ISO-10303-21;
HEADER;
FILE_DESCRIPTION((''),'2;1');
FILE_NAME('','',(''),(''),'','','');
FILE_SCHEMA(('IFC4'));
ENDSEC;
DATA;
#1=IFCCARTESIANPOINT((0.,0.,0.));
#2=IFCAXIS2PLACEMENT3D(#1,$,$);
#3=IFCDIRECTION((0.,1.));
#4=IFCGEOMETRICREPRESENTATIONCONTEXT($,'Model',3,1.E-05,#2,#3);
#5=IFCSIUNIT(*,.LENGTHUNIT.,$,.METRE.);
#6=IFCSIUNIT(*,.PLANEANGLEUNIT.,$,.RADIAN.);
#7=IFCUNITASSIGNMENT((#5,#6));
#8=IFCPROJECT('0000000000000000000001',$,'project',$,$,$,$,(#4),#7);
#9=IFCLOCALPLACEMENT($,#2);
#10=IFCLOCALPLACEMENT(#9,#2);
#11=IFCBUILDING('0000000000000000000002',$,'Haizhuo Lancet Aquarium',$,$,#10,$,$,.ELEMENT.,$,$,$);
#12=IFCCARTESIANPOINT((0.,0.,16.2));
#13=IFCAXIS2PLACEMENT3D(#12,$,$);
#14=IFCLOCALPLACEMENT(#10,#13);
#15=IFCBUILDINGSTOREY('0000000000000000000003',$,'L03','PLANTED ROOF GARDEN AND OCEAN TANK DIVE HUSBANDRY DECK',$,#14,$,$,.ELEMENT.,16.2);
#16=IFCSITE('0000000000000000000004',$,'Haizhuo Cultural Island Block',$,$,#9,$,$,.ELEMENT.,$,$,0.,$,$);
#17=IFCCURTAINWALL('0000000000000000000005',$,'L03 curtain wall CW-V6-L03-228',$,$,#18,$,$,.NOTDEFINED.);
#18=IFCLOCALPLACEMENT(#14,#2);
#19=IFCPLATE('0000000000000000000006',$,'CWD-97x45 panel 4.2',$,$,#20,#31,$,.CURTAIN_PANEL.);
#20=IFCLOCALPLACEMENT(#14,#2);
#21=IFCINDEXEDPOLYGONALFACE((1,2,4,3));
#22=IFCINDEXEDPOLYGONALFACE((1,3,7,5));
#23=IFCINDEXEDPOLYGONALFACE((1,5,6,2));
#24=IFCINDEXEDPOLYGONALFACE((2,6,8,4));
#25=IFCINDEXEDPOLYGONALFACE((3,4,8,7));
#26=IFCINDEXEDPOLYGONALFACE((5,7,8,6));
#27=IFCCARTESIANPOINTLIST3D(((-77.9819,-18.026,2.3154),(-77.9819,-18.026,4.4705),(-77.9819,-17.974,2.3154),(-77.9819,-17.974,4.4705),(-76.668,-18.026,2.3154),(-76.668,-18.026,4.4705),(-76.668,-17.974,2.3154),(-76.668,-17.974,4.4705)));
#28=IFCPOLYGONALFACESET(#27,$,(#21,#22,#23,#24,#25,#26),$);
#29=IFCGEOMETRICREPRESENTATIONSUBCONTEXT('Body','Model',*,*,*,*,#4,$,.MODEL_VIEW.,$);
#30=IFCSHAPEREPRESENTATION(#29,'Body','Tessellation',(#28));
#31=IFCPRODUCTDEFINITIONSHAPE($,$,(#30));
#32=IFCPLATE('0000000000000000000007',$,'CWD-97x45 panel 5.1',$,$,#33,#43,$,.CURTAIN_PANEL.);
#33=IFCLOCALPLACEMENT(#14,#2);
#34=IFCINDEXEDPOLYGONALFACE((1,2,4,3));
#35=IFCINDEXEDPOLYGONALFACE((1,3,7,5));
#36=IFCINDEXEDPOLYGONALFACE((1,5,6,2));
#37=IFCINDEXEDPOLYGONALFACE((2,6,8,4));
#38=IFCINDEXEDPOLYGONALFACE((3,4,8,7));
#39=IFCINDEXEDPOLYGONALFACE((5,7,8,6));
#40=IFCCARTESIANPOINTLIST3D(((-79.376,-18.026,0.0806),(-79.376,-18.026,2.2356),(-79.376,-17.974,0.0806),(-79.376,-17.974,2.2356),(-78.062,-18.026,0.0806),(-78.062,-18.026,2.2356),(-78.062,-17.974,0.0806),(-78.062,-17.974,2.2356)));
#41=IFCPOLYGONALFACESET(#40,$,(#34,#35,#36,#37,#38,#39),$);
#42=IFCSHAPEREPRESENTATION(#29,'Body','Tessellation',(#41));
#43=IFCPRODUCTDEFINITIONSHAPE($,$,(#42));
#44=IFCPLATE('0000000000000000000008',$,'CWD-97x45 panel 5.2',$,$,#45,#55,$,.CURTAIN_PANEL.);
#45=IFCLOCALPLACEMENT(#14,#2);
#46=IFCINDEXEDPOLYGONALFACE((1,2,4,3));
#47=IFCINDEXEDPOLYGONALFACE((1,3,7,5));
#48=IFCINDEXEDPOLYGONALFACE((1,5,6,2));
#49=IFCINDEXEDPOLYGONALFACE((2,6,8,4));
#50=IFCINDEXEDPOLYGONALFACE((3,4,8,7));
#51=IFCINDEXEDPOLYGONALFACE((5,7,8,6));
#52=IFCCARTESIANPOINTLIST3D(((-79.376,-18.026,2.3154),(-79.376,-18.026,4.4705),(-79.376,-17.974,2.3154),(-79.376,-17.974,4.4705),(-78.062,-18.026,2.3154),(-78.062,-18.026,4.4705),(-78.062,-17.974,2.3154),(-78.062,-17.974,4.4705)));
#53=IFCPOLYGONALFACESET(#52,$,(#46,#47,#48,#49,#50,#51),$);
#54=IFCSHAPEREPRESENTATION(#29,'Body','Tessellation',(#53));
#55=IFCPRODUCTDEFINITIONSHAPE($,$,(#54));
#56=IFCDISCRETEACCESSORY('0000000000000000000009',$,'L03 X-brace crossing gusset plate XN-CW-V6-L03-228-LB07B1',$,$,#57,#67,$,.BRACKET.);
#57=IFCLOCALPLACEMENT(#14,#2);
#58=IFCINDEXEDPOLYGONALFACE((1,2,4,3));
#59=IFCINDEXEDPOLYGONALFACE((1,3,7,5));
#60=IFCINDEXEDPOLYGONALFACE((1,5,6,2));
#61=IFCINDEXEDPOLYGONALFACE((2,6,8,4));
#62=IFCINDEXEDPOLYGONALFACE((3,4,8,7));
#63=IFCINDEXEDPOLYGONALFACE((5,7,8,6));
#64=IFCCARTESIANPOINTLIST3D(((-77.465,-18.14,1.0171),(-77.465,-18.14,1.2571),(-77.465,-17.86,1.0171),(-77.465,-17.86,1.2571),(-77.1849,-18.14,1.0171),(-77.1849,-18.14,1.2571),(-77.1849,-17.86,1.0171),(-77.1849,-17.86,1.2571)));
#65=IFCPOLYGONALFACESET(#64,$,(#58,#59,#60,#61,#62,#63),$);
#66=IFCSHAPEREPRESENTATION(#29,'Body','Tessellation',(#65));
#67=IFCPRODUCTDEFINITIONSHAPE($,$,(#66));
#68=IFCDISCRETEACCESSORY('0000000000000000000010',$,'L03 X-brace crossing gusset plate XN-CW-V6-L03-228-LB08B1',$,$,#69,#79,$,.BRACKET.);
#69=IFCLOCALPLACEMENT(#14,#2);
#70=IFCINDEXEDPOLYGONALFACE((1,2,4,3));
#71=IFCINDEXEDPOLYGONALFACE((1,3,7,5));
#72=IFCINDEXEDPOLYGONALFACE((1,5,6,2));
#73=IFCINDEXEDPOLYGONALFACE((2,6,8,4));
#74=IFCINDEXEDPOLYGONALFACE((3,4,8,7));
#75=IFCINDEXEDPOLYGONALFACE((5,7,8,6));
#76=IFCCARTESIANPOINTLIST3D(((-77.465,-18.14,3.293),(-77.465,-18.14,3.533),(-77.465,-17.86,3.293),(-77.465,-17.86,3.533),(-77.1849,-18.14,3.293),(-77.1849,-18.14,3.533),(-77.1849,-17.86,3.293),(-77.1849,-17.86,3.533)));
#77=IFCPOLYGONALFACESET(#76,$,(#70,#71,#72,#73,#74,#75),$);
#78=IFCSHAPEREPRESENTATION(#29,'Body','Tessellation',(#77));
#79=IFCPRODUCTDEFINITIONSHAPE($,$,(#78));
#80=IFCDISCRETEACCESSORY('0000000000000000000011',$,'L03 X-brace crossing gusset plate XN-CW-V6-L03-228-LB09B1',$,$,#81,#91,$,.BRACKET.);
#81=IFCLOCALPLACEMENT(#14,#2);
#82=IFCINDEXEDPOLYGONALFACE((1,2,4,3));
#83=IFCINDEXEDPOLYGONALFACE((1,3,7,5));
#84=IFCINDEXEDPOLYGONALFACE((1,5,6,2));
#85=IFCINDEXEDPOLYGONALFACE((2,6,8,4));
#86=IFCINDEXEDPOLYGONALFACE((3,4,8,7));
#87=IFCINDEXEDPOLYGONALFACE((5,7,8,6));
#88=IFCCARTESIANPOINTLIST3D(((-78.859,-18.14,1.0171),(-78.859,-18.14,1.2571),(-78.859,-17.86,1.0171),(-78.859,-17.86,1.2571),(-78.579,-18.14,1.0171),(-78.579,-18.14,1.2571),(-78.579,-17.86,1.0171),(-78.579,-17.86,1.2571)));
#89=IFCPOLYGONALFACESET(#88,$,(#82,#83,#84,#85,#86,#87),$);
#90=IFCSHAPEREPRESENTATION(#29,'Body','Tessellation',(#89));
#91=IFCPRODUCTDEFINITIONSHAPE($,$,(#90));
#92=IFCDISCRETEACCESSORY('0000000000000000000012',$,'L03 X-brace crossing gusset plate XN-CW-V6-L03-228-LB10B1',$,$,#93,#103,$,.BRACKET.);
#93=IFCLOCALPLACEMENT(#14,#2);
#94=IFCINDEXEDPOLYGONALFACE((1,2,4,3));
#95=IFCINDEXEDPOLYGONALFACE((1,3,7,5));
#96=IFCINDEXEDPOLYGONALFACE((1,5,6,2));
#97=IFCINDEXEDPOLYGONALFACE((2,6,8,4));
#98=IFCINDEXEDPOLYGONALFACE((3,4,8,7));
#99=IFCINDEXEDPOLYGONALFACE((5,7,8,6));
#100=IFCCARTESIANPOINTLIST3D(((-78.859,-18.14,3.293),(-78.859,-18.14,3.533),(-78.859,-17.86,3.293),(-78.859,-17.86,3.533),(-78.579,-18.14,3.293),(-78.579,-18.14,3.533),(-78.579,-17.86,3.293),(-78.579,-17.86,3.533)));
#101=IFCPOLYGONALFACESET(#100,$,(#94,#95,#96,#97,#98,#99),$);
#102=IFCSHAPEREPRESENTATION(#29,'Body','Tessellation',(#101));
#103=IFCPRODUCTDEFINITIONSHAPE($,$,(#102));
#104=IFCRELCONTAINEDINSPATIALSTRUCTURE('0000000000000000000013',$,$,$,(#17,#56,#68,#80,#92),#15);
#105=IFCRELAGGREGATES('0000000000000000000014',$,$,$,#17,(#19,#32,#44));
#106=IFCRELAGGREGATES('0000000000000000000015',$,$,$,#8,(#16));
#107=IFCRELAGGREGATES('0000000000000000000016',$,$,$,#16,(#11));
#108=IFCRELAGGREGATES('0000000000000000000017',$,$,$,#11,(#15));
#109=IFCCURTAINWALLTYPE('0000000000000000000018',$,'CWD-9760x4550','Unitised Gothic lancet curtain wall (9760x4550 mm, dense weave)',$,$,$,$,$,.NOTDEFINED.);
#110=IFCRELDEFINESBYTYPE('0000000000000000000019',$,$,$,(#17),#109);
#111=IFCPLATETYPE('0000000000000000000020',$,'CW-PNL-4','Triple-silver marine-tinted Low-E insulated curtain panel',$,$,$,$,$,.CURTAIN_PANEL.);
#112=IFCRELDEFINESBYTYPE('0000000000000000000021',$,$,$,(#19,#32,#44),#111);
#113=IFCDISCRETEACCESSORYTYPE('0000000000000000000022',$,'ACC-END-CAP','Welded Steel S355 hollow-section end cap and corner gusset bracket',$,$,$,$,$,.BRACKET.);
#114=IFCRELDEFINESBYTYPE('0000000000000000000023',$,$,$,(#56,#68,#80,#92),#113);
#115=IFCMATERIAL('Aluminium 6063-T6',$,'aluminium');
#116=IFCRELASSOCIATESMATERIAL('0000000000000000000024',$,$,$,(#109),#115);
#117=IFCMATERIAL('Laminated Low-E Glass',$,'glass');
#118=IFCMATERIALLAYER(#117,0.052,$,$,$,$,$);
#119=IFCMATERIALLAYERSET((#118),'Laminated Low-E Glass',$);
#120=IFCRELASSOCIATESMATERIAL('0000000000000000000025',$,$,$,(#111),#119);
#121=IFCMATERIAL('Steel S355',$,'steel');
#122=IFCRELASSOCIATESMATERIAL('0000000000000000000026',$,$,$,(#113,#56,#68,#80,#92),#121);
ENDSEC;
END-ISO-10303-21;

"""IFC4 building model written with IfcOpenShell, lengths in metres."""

from ifc_helpers import new_model, si_unit, direction, frame, origin, origin_2d, place, context, subcontext, project, spatial, rectangle, extrude, material, layer, layer_set, type_object, element, aggregate, save


model = new_model("IFC4")

# Units and contexts
model_context = context("Model", 3, precision=1e-05, world=origin(), true_north=direction((0.0, 1.0)))
body_context = subcontext(model_context, "Body", "Model", "MODEL_VIEW")
ifc_project = project(units=[si_unit("LENGTHUNIT", "METRE"), si_unit("PLANEANGLEUNIT", "RADIAN")], contexts=[model_context])

# Site, building, storey
site_placement = place(None, origin())
site = spatial("IfcSite", under=ifc_project, at=site_placement, Name="Haizhuo Cultural Island Block", CompositionType="ELEMENT", RefElevation=0.0)
building_placement = place(site_placement, origin())
building = spatial("IfcBuilding", under=site, at=building_placement, Name="Haizhuo Lancet Aquarium", CompositionType="ELEMENT")
storey_placement = place(building_placement, frame((0.0, 0.0, 16.2)))
storey = spatial("IfcBuildingStorey", under=building, at=storey_placement, Name="L03", Description="PLANTED ROOF GARDEN AND OCEAN TANK DIVE HUSBANDRY DECK", CompositionType="ELEMENT", Elevation=16.2)

# Curtain wall
ifc_material_1 = material(Name="Aluminium 6063-T6", Category="aluminium")
curtain_wall_type = type_object("IfcCurtainWallType", Name="CWD-9760x4550", Description="Unitised Gothic lancet curtain wall (9760x4550 mm, dense weave)", PredefinedType="NOTDEFINED", material=ifc_material_1)
curtain_wall_placement = place(storey_placement, origin())
curtain_wall = element("IfcCurtainWall", 1, at=curtain_wall_placement, inside=storey, type_object=curtain_wall_type, Name="L03 curtain wall CW-V6-L03-228", PredefinedType="NOTDEFINED")

# Shared definitions
ifc_material_2 = material(Name="Steel S355", Category="steel")

# Plates
ifc_material_3 = material(Name="Laminated Low-E Glass", Category="glass")
ifc_layer = layer(ifc_material_3, 0.052)
ifc_layer_set = layer_set([ifc_layer], Name="Laminated Low-E Glass")
plate_type = type_object("IfcPlateType", Name="CW-PNL-4", Description="Triple-silver marine-tinted Low-E insulated curtain panel", PredefinedType="CURTAIN_PANEL", material=ifc_layer_set)
plate_1_placement = place(storey_placement, frame((-77.325, -18.0, 2.3154), z_axis=(0.0, 0.0, 1.0), x_axis=(-1.0, 0.0, 0.0)))
plate_1 = element("IfcPlate", 2, at=plate_1_placement, type_object=plate_type, Name="CWD-97x45 panel 4.2", PredefinedType="CURTAIN_PANEL", context=body_context, shape_type="SweptSolid", body=[
    extrude(rectangle(XDim=1.314, YDim=0.052, at=origin_2d()), origin(), (0.0, 0.0, 1.0), 2.155),
])
plate_2_placement = place(storey_placement, frame((-78.719, -18.0, 0.0806), z_axis=(0.0, 0.0, 1.0), x_axis=(-1.0, 0.0, 0.0)))
plate_2 = element("IfcPlate", 3, at=plate_2_placement, type_object=plate_type, Name="CWD-97x45 panel 5.1", PredefinedType="CURTAIN_PANEL", context=body_context, shape_type="SweptSolid", body=[
    extrude(rectangle(XDim=1.314, YDim=0.052, at=origin_2d()), origin(), (0.0, 0.0, 1.0), 2.155),
])
plate_3_placement = place(storey_placement, frame((-78.719, -18.0, 2.3154), z_axis=(0.0, 0.0, 1.0), x_axis=(-1.0, 0.0, 0.0)))
plate_3 = element("IfcPlate", 4, at=plate_3_placement, type_object=plate_type, Name="CWD-97x45 panel 5.2", PredefinedType="CURTAIN_PANEL", context=body_context, shape_type="SweptSolid", body=[
    extrude(rectangle(XDim=1.314, YDim=0.052, at=origin_2d()), origin(), (0.0, 0.0, 1.0), 2.155),
])
aggregate(curtain_wall, [plate_1, plate_2, plate_3])

# Discrete accessories
discrete_accessory_type = type_object("IfcDiscreteAccessoryType", Name="ACC-END-CAP", Description="Welded Steel S355 hollow-section end cap and corner gusset bracket", PredefinedType="BRACKET", material=ifc_material_2)
for number, where, z_axis, x_axis, name in (
    (5, (-77.325, -18.0, 1.0171), (0.0, 0.0, 1.0), (1.0, 0.0, 0.0), "L03 X-brace crossing gusset plate XN-CW-V6-L03-228-LB07B1"),
    (6, (-77.325, -18.0, 3.293), (0.0, 0.0, 1.0), (1.0, 0.0, 0.0), "L03 X-brace crossing gusset plate XN-CW-V6-L03-228-LB08B1"),
    (7, (-78.719, -18.0, 1.0171), (0.0, 0.0, 1.0), (1.0, 0.0, 0.0), "L03 X-brace crossing gusset plate XN-CW-V6-L03-228-LB09B1"),
    (8, (-78.719, -18.0, 3.293), (0.0, 0.0, 1.0), (1.0, 0.0, 0.0), "L03 X-brace crossing gusset plate XN-CW-V6-L03-228-LB10B1"),
):
    element("IfcDiscreteAccessory", number, at=place(storey_placement, frame(where, z_axis=z_axis, x_axis=x_axis)), inside=storey, type_object=discrete_accessory_type, material=ifc_material_2, Name=name, PredefinedType="BRACKET", context=body_context, shape_type="SweptSolid", body=[
        extrude(rectangle(XDim=0.28, YDim=0.28, at=origin_2d()), origin(), (0.0, 0.0, 1.0), 0.24),
    ])

save(model, "model.ifc")
